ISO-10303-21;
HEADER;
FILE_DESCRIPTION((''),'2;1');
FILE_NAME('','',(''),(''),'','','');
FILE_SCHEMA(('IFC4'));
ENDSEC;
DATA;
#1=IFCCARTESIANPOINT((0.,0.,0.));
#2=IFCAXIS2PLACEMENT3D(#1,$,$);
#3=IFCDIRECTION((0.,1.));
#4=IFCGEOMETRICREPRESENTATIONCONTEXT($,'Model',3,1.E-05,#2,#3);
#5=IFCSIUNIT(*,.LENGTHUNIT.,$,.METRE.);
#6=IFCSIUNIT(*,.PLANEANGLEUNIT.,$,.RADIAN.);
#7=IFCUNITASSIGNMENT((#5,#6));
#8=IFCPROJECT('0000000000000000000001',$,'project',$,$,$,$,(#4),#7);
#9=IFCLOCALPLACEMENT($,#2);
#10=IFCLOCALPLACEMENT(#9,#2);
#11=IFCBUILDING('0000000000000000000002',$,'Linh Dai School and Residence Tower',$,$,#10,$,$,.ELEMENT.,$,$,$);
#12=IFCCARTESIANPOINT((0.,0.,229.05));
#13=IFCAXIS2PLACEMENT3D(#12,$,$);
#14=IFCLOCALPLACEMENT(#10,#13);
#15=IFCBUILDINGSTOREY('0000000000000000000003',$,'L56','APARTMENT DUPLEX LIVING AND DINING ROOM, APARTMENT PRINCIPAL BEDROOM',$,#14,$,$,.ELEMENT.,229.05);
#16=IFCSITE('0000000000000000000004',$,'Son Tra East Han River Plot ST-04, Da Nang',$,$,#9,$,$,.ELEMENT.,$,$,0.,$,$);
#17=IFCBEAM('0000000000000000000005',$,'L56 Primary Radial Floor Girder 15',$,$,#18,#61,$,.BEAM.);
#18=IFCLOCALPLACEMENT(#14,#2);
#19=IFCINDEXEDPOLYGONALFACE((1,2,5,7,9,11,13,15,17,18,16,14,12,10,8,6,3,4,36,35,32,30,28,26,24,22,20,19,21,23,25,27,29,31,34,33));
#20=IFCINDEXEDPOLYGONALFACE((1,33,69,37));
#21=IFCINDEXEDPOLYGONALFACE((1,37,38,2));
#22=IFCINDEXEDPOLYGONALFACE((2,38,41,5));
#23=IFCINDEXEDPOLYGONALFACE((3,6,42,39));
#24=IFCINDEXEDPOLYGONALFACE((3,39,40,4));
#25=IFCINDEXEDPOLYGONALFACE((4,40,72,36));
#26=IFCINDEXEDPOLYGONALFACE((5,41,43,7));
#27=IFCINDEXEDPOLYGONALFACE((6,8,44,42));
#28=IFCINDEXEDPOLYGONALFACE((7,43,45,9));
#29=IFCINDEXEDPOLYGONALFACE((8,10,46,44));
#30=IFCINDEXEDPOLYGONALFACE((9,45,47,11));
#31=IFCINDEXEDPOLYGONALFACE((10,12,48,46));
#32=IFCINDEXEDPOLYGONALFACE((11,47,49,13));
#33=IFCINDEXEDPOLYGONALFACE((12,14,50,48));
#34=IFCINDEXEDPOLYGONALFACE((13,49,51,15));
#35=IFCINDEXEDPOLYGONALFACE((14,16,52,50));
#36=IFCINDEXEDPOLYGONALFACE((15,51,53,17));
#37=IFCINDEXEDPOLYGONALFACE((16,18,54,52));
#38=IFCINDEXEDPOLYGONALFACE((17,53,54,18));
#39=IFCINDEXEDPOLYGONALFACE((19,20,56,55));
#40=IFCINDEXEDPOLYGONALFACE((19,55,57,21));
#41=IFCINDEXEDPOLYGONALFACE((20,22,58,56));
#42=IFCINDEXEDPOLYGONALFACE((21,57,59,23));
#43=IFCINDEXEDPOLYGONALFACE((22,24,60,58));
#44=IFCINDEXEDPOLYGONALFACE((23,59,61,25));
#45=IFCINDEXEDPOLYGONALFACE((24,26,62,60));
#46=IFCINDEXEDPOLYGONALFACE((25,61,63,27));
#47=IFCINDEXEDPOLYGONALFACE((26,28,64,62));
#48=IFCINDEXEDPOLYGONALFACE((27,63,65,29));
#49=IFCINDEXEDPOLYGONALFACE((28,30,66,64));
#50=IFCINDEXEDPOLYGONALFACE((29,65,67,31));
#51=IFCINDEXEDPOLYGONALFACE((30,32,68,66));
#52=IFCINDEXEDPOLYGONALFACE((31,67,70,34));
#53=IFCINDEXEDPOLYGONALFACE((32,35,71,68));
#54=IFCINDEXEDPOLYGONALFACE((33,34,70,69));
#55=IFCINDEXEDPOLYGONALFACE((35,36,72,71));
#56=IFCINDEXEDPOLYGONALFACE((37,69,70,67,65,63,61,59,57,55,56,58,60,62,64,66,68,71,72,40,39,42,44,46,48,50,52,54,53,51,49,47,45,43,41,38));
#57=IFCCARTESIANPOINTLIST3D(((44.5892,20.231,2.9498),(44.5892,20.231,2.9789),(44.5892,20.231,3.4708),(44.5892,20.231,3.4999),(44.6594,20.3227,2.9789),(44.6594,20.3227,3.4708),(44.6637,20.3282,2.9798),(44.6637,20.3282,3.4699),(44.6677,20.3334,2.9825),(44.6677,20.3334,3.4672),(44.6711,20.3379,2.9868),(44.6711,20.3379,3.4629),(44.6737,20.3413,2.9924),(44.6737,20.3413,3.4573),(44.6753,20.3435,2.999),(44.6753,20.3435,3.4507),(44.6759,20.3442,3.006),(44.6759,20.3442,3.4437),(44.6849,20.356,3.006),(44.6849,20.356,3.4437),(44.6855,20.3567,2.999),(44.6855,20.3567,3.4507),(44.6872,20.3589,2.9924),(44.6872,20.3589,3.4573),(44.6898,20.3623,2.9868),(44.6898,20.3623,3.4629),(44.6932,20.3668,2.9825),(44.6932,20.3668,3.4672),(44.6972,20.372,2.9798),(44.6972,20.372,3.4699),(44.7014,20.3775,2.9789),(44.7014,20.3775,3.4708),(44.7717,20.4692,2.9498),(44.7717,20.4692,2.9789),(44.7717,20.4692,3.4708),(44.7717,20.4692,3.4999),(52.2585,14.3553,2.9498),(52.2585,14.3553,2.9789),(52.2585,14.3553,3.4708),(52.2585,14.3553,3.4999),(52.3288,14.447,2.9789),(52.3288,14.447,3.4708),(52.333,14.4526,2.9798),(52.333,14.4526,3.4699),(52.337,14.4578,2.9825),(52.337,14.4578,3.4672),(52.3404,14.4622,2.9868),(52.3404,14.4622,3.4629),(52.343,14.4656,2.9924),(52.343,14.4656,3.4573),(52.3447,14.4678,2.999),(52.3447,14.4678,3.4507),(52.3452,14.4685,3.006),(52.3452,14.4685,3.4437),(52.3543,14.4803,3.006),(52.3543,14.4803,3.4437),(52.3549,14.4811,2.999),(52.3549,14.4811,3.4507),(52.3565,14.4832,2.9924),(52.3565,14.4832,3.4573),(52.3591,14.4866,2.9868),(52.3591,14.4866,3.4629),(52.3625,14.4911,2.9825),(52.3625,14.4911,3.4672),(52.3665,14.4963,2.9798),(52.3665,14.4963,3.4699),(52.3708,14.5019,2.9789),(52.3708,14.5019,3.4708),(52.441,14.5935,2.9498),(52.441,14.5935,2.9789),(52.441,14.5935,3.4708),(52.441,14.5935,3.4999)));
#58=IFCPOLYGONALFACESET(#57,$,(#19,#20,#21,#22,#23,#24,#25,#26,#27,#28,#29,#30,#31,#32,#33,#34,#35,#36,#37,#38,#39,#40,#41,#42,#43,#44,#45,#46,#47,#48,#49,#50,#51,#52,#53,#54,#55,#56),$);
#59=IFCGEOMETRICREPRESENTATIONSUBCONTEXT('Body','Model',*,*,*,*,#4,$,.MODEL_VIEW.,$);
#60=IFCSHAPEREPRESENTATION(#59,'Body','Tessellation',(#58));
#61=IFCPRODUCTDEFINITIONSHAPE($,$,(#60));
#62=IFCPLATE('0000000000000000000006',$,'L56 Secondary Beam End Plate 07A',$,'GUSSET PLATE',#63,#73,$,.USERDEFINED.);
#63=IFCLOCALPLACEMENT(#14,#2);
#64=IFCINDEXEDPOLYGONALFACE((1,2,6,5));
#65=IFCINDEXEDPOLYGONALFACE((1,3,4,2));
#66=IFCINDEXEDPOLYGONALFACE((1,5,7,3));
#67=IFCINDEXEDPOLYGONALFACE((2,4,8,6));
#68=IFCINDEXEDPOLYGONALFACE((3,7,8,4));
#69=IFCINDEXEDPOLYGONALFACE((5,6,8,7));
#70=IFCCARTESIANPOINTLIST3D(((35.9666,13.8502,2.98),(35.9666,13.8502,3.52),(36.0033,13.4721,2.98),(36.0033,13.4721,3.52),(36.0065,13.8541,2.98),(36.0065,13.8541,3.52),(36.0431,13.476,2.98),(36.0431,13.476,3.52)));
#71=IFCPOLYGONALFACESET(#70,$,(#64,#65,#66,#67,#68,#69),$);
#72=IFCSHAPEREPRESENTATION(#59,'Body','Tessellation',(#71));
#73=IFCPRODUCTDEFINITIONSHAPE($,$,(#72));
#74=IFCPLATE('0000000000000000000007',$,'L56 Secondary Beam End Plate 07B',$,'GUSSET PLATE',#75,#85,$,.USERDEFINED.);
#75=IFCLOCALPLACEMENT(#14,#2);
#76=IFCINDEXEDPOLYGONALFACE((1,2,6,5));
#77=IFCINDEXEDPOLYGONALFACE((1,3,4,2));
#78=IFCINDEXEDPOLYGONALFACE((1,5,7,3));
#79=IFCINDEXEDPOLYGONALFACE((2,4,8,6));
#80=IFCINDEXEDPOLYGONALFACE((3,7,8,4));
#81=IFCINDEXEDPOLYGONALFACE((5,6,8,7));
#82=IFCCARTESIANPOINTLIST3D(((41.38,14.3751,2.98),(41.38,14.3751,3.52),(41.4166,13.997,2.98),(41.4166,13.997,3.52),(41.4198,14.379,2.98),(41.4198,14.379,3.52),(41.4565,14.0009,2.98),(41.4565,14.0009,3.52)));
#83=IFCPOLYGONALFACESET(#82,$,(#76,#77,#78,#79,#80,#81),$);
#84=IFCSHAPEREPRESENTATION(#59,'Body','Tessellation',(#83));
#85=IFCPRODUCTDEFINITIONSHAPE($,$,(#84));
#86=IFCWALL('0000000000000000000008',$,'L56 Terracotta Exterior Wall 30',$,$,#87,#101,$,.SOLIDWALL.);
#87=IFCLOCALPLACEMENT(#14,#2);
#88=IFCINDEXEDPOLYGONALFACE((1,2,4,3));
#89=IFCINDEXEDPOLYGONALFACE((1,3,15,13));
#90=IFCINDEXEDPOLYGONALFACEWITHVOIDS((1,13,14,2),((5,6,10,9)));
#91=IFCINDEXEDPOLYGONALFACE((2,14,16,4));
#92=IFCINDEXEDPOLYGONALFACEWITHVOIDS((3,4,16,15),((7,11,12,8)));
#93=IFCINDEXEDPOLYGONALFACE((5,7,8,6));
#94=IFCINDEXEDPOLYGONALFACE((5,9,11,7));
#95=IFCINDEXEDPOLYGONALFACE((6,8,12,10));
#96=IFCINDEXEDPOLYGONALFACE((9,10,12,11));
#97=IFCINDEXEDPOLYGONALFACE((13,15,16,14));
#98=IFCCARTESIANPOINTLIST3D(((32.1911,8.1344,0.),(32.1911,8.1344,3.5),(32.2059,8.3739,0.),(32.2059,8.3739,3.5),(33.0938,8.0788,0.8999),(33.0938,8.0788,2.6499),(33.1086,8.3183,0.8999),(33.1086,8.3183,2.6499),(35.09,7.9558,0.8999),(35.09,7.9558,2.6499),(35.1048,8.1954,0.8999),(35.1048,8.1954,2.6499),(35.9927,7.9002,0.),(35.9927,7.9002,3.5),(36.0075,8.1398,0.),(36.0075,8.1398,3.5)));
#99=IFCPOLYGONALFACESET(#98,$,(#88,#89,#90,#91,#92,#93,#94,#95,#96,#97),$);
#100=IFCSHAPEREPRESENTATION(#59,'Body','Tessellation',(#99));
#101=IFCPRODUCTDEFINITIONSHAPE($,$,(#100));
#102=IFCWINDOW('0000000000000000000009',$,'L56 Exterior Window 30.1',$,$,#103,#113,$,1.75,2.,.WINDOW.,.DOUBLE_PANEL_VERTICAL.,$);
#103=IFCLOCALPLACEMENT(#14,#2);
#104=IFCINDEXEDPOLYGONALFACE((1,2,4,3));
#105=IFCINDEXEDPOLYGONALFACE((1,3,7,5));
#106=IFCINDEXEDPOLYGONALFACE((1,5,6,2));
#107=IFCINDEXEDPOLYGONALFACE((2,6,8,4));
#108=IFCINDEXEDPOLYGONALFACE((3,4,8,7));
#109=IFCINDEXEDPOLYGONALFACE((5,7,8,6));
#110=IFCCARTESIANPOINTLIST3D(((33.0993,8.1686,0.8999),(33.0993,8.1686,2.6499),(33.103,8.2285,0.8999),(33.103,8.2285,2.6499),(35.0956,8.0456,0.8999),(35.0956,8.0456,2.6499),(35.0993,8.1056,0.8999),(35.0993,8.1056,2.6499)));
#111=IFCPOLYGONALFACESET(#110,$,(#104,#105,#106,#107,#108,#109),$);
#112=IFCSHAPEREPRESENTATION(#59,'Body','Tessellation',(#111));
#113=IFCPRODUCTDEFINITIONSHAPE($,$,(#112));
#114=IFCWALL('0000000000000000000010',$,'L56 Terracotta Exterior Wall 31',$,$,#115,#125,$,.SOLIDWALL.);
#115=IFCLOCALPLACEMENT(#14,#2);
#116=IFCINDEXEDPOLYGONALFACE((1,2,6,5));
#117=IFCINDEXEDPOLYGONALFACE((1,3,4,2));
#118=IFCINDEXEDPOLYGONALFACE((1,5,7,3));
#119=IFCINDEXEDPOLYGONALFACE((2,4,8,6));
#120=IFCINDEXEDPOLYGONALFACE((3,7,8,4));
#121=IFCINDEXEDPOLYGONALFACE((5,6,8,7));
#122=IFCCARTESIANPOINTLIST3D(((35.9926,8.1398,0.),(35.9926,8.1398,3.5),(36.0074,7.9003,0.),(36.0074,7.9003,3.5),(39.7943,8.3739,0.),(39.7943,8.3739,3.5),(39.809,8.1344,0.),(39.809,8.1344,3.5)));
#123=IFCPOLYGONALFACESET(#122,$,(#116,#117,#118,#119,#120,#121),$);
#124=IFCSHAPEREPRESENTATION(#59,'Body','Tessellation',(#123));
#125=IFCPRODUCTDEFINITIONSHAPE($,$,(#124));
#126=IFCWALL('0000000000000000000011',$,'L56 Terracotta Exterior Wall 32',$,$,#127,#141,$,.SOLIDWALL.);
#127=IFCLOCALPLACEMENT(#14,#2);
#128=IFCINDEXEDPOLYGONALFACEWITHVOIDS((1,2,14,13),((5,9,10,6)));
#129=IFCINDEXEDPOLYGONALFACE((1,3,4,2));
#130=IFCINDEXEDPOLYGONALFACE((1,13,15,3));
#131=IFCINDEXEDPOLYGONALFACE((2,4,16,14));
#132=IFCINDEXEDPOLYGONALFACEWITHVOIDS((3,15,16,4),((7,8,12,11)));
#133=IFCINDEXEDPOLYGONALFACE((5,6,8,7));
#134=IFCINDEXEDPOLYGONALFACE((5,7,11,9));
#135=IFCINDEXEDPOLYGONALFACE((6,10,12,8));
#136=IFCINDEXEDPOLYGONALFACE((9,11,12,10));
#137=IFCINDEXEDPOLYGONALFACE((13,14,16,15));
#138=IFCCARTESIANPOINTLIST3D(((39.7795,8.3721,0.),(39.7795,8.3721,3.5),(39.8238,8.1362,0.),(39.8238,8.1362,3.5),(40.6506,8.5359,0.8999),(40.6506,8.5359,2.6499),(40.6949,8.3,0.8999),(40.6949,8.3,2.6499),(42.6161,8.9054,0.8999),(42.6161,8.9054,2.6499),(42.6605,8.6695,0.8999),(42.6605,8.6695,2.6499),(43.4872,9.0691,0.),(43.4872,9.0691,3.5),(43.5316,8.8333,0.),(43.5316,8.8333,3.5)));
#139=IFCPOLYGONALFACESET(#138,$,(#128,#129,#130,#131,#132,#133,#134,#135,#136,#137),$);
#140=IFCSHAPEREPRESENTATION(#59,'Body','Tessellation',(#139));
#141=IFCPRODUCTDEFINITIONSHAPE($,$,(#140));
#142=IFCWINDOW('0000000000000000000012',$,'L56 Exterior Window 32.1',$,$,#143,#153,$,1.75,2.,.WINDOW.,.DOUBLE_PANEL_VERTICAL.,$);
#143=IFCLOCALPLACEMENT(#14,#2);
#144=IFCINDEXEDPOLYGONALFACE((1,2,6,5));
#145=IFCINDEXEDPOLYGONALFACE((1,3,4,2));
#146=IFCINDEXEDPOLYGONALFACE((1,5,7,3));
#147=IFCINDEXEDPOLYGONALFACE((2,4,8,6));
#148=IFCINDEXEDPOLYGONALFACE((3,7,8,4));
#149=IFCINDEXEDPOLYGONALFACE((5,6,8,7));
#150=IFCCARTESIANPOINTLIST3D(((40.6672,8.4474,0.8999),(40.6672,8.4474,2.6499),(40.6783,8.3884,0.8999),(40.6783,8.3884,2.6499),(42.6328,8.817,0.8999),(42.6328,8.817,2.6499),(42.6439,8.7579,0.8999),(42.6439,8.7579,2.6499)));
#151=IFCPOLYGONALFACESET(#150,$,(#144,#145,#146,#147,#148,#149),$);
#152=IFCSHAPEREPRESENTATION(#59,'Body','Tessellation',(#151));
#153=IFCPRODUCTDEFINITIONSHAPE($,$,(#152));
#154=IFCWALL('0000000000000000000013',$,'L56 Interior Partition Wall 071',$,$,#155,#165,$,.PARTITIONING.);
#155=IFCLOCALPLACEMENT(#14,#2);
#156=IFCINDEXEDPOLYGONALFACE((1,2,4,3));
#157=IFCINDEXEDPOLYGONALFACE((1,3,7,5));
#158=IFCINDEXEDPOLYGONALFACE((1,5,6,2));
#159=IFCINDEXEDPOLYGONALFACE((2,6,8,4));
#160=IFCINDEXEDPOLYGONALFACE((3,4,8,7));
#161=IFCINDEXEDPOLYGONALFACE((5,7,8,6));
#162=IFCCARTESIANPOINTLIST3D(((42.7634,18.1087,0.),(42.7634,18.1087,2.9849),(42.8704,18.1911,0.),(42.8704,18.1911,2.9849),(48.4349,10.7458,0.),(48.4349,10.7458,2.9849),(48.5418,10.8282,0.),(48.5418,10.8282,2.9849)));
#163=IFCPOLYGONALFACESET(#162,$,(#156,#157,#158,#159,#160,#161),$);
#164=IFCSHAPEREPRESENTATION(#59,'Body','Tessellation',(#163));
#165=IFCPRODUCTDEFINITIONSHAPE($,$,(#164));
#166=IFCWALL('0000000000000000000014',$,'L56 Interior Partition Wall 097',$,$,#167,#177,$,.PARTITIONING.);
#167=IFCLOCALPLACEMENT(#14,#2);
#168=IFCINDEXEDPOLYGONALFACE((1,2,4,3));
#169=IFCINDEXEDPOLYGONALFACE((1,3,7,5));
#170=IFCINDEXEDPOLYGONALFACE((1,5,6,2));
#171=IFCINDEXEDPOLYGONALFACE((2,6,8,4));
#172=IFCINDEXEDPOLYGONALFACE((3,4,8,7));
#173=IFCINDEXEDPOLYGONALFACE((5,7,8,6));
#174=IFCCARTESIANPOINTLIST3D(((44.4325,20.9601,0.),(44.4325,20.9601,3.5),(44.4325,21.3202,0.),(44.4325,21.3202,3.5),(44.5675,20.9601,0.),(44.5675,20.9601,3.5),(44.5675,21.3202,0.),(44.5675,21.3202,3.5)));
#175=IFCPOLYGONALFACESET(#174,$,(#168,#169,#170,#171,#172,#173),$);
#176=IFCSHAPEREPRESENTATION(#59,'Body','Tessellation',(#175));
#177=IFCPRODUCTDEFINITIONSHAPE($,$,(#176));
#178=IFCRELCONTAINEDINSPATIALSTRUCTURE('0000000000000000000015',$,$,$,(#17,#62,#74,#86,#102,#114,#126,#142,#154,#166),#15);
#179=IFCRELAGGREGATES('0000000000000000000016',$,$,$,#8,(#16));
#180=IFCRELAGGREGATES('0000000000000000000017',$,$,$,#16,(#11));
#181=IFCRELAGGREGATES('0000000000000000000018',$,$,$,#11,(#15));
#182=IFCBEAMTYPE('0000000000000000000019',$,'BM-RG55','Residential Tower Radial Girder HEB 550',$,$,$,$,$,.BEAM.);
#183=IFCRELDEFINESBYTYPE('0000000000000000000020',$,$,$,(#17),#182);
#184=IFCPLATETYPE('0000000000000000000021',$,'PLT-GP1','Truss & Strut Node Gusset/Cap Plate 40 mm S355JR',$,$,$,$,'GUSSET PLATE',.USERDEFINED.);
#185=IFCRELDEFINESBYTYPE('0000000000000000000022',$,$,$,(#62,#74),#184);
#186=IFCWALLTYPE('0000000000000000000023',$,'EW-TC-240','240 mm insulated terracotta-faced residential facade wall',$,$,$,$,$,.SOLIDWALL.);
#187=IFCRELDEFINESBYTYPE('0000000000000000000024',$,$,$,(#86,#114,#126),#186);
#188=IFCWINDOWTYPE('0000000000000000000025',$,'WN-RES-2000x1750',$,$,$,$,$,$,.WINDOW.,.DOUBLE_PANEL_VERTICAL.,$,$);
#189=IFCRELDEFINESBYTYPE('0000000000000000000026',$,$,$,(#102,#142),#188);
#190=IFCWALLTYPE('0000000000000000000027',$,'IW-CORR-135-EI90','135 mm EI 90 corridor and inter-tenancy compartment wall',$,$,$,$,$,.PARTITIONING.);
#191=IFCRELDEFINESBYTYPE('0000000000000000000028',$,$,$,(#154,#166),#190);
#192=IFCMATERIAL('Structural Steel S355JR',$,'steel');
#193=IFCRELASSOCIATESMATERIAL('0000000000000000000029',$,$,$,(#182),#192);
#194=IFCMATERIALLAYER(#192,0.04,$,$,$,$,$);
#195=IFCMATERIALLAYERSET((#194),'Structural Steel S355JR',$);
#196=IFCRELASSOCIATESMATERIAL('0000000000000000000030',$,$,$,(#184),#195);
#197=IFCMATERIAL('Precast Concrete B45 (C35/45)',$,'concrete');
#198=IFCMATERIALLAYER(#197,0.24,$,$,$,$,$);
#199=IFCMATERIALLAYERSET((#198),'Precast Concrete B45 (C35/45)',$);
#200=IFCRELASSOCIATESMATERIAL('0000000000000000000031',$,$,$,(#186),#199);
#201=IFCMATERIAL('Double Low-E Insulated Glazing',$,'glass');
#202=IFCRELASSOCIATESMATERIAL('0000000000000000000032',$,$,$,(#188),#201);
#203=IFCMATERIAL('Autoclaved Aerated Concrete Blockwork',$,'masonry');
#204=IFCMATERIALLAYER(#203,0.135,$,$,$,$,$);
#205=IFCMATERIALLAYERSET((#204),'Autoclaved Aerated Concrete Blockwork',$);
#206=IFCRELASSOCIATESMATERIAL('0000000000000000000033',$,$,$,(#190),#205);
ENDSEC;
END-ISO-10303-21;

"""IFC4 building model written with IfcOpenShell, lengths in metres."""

from ifc_helpers import new_model, si_unit, direction, frame, frame_2d, origin, origin_2d, place, context, subcontext, project, spatial, rectangle, i_section, extrude, source, transform, mapped, material, layer, layer_set, material_profile, profile_set, type_object, element, fill, save


model = new_model("IFC4")

# Units and contexts
model_context = context("Model", 3, precision=1e-05, world=origin(), true_north=direction((0.0, 1.0)))
body_context = subcontext(model_context, "Body", "Model", "MODEL_VIEW")
ifc_project = project(units=[si_unit("LENGTHUNIT", "METRE"), si_unit("PLANEANGLEUNIT", "RADIAN")], contexts=[model_context])

# Site, building, storey
site_placement = place(None, origin())
site = spatial("IfcSite", under=ifc_project, at=site_placement, Name="Son Tra East Han River Plot ST-04, Da Nang", CompositionType="ELEMENT", RefElevation=0.0)
building_placement = place(site_placement, origin())
building = spatial("IfcBuilding", under=site, at=building_placement, Name="Linh Dai School and Residence Tower", CompositionType="ELEMENT")
storey_placement = place(building_placement, frame((0.0, 0.0, 229.05)))
storey = spatial("IfcBuildingStorey", under=building, at=storey_placement, Name="L56", Description="APARTMENT DUPLEX LIVING AND DINING ROOM, APARTMENT PRINCIPAL BEDROOM", CompositionType="ELEMENT", Elevation=229.05)

# Shared definitions
ifc_material_1 = material(Name="Structural Steel S355JR", Category="steel")

# Beam
ifc_material_profile_1 = material_profile(ifc_material_1, i_section(OverallWidth=0.3, OverallDepth=0.55, WebThickness=0.0149, FlangeThickness=0.0291, FilletRadius=0.0271, at=origin_2d()), Name="HEB 550")
ifc_profile_set_1 = profile_set([ifc_material_profile_1], Name="Structural Steel S355JR")
beam_type_1 = type_object("IfcBeamType", Name="BM-RG55", Description="Residential Tower Radial Girder HEB 550", PredefinedType="BEAM", material=ifc_profile_set_1)
beam_1_placement = place(storey_placement, frame((44.6804, 20.3501, 3.2249), z_axis=(0.793815, -0.60816, 0.0), x_axis=(0.60816, 0.793815, 0.0)))
element("IfcBeam", 1, at=beam_1_placement, inside=storey, type_object=beam_type_1, Name="L56 Primary Radial Floor Girder 15", PredefinedType="BEAM", context=body_context, shape_type="SweptSolid", body=[
    extrude(i_section(OverallWidth=0.3, OverallDepth=0.55, WebThickness=0.0149, FlangeThickness=0.0291, FilletRadius=0.0271, at=origin_2d()), origin(), (0.0, 0.0, 1.0), 9.6614),
])

# Plates
ifc_layer_1 = layer(ifc_material_1, 0.04)
ifc_layer_set_1 = layer_set([ifc_layer_1], Name="Structural Steel S355JR")
plate_type = type_object("IfcPlateType", Name="PLT-GP1", Description="Truss & Strut Node Gusset/Cap Plate 40 mm S355JR", ElementType="GUSSET PLATE", PredefinedType="USERDEFINED", material=ifc_layer_set_1)
shared_shape_1 = source(origin(), body_context, "Body", "SweptSolid", [
    extrude(rectangle(XDim=0.04, YDim=0.3799, at=origin_2d()), origin(), (0.0, 0.0, 1.0), 0.54),
])
for number, where, z_axis, x_axis, name in (
    (2, (36.0049, 13.6631, 2.98), (0.0, 0.0, 1.0), (0.995333, 0.096497, 0.0), "L56 Secondary Beam End Plate 07A"),
    (3, (41.4182, 14.188, 2.98), (0.0, 0.0, 1.0), (0.995333, 0.096497, 0.0), "L56 Secondary Beam End Plate 07B"),
):
    element("IfcPlate", number, at=place(storey_placement, frame(where, z_axis=z_axis, x_axis=x_axis)), inside=storey, type_object=plate_type, Name=name, ObjectType="GUSSET PLATE", PredefinedType="USERDEFINED", context=body_context, shape_type="MappedRepresentation", body=[
        mapped(shared_shape_1, transform((0.0, 0.0, 0.0), x_axis=(1.0, 0.0, 0.0), y_axis=(0.0, 1.0, 0.0), z_axis=(0.0, 0.0, 1.0), scale=1.0)),
    ])

# Wall, opening, window
ifc_material_2 = material(Name="Precast Concrete B45 (C35/45)", Category="concrete")
ifc_layer_2 = layer(ifc_material_2, 0.24)
ifc_layer_set_2 = layer_set([ifc_layer_2], Name="Precast Concrete B45 (C35/45)")
wall_type_1 = type_object("IfcWallType", Name="EW-TC-240", Description="240 mm insulated terracotta-faced residential facade wall", PredefinedType="SOLIDWALL", material=ifc_layer_set_2)
wall_1_placement = place(storey_placement, frame((36.0, 8.02, 0.0), z_axis=(0.0, 0.0, 1.0), x_axis=(-0.998109, 0.061472, 0.0)))
wall_1 = element("IfcWall", 4, at=wall_1_placement, inside=storey, type_object=wall_type_1, Name="L56 Terracotta Exterior Wall 30", PredefinedType="SOLIDWALL", context=body_context, shape_type="SweptSolid", body=[
    extrude(rectangle(XDim=3.8088, YDim=0.24, at=frame_2d((1.9043, 0.0))), origin(), (0.0, 0.0, 1.0), 3.5),
])
opening_1_placement = place(wall_1_placement, frame((0.9043, 0.0, 0.8999)))
opening_1 = element("IfcOpeningElement", 5, at=opening_1_placement, cuts=wall_1, PredefinedType="OPENING", context=body_context, shape_type="SweptSolid", body=[
    extrude(rectangle(XDim=2.0, YDim=1.75, at=origin_2d()), frame((1.0, 0.1299, 0.875), z_axis=(0.0, -1.0, 0.0), x_axis=(1.0, 0.0, 0.0)), (0.0, 0.0, 1.0), 0.26),
])
ifc_material_3 = material(Name="Double Low-E Insulated Glazing", Category="glass")
window_type = type_object("IfcWindowType", Name="WN-RES-2000x1750", PartitioningType="DOUBLE_PANEL_VERTICAL", PredefinedType="WINDOW", material=ifc_material_3)
shared_shape_2 = source(origin(), body_context, "Body", "SweptSolid", [
    extrude(rectangle(XDim=2.0, YDim=1.75, at=origin_2d()), frame((1.0, 0.03, 0.875), z_axis=(0.0, -1.0, 0.0), x_axis=(1.0, 0.0, 0.0)), (0.0, 0.0, 1.0), 0.0601),
])
window_1_placement = place(opening_1_placement, origin())
window_1 = element("IfcWindow", 6, at=window_1_placement, inside=storey, type_object=window_type, Name="L56 Exterior Window 30.1", OverallHeight=1.75, OverallWidth=2.0, PartitioningType="DOUBLE_PANEL_VERTICAL", PredefinedType="WINDOW", context=body_context, shape_type="MappedRepresentation", body=[
    mapped(shared_shape_2, transform((0.0, 0.0, 0.0), x_axis=(1.0, 0.0, 0.0), y_axis=(0.0, 1.0, 0.0), z_axis=(0.0, 0.0, 1.0), scale=1.0)),
])
fill(opening_1, window_1)

# Wall
wall_2_placement = place(storey_placement, frame((39.8015, 8.2542, 0.0), z_axis=(0.0, 0.0, 1.0), x_axis=(-0.998109, -0.061472, 0.0)))
element("IfcWall", 7, at=wall_2_placement, inside=storey, type_object=wall_type_1, Name="L56 Terracotta Exterior Wall 31", PredefinedType="SOLIDWALL", context=body_context, shape_type="SweptSolid", body=[
    extrude(rectangle(XDim=3.8088, YDim=0.24, at=frame_2d((1.9043, 0.0))), origin(), (0.0, 0.0, 1.0), 3.5),
])

# Wall, opening, window
wall_3_placement = place(storey_placement, frame((43.5093, 8.9512, 0.0), z_axis=(0.0, 0.0, 1.0), x_axis=(-0.982785, -0.184753, 0.0)))
wall_3 = element("IfcWall", 8, at=wall_3_placement, inside=storey, type_object=wall_type_1, Name="L56 Terracotta Exterior Wall 32", PredefinedType="SOLIDWALL", context=body_context, shape_type="SweptSolid", body=[
    extrude(rectangle(XDim=3.7727, YDim=0.24, at=frame_2d((1.8862, 0.0))), origin(), (0.0, 0.0, 1.0), 3.5),
])
opening_2_placement = place(wall_3_placement, frame((0.8862, 0.0, 0.8999)))
opening_2 = element("IfcOpeningElement", 9, at=opening_2_placement, cuts=wall_3, PredefinedType="OPENING", context=body_context, shape_type="SweptSolid", body=[
    extrude(rectangle(XDim=2.0, YDim=1.75, at=origin_2d()), frame((1.0, 0.1299, 0.875), z_axis=(0.0, -1.0, 0.0), x_axis=(1.0, 0.0, 0.0)), (0.0, 0.0, 1.0), 0.26),
])
window_2_placement = place(opening_2_placement, origin())
window_2 = element("IfcWindow", 10, at=window_2_placement, inside=storey, type_object=window_type, Name="L56 Exterior Window 32.1", OverallHeight=1.75, OverallWidth=2.0, PartitioningType="DOUBLE_PANEL_VERTICAL", PredefinedType="WINDOW", context=body_context, shape_type="MappedRepresentation", body=[
    mapped(shared_shape_2, transform((0.0, 0.0, 0.0), x_axis=(1.0, 0.0, 0.0), y_axis=(0.0, 1.0, 0.0), z_axis=(0.0, 0.0, 1.0), scale=1.0)),
])
fill(opening_2, window_2)

# Walls
ifc_material_4 = material(Name="Autoclaved Aerated Concrete Blockwork", Category="masonry")
ifc_layer_3 = layer(ifc_material_4, 0.135)
ifc_layer_set_3 = layer_set([ifc_layer_3], Name="Autoclaved Aerated Concrete Blockwork")
wall_type_2 = type_object("IfcWallType", Name="IW-CORR-135-EI90", Description="135 mm EI 90 corridor and inter-tenancy compartment wall", PredefinedType="PARTITIONING", material=ifc_layer_set_3)
wall_4_placement = place(storey_placement, frame((42.8169, 18.1499, 0.0), z_axis=(0.0, 0.0, 1.0), x_axis=(0.610231, -0.792223, 0.0)))
element("IfcWall", 11, at=wall_4_placement, inside=storey, type_object=wall_type_2, Name="L56 Interior Partition Wall 071", PredefinedType="PARTITIONING", context=body_context, shape_type="SweptSolid", body=[
    extrude(rectangle(XDim=9.2939, YDim=0.135, at=frame_2d((4.647, 0.0))), origin(), (0.0, 0.0, 1.0), 2.9849),
])
wall_5_placement = place(storey_placement, frame((44.5, 20.96, 0.0), z_axis=(0.0, 0.0, 1.0), x_axis=(0.0, 1.0, 0.0)))
element("IfcWall", 12, at=wall_5_placement, inside=storey, type_object=wall_type_2, Name="L56 Interior Partition Wall 097", PredefinedType="PARTITIONING", context=body_context, shape_type="SweptSolid", body=[
    extrude(rectangle(XDim=0.3601, YDim=0.135, at=frame_2d((0.1802, 0.0))), origin(), (0.0, 0.0, 1.0), 3.5),
])

save(model, "model.ifc")
